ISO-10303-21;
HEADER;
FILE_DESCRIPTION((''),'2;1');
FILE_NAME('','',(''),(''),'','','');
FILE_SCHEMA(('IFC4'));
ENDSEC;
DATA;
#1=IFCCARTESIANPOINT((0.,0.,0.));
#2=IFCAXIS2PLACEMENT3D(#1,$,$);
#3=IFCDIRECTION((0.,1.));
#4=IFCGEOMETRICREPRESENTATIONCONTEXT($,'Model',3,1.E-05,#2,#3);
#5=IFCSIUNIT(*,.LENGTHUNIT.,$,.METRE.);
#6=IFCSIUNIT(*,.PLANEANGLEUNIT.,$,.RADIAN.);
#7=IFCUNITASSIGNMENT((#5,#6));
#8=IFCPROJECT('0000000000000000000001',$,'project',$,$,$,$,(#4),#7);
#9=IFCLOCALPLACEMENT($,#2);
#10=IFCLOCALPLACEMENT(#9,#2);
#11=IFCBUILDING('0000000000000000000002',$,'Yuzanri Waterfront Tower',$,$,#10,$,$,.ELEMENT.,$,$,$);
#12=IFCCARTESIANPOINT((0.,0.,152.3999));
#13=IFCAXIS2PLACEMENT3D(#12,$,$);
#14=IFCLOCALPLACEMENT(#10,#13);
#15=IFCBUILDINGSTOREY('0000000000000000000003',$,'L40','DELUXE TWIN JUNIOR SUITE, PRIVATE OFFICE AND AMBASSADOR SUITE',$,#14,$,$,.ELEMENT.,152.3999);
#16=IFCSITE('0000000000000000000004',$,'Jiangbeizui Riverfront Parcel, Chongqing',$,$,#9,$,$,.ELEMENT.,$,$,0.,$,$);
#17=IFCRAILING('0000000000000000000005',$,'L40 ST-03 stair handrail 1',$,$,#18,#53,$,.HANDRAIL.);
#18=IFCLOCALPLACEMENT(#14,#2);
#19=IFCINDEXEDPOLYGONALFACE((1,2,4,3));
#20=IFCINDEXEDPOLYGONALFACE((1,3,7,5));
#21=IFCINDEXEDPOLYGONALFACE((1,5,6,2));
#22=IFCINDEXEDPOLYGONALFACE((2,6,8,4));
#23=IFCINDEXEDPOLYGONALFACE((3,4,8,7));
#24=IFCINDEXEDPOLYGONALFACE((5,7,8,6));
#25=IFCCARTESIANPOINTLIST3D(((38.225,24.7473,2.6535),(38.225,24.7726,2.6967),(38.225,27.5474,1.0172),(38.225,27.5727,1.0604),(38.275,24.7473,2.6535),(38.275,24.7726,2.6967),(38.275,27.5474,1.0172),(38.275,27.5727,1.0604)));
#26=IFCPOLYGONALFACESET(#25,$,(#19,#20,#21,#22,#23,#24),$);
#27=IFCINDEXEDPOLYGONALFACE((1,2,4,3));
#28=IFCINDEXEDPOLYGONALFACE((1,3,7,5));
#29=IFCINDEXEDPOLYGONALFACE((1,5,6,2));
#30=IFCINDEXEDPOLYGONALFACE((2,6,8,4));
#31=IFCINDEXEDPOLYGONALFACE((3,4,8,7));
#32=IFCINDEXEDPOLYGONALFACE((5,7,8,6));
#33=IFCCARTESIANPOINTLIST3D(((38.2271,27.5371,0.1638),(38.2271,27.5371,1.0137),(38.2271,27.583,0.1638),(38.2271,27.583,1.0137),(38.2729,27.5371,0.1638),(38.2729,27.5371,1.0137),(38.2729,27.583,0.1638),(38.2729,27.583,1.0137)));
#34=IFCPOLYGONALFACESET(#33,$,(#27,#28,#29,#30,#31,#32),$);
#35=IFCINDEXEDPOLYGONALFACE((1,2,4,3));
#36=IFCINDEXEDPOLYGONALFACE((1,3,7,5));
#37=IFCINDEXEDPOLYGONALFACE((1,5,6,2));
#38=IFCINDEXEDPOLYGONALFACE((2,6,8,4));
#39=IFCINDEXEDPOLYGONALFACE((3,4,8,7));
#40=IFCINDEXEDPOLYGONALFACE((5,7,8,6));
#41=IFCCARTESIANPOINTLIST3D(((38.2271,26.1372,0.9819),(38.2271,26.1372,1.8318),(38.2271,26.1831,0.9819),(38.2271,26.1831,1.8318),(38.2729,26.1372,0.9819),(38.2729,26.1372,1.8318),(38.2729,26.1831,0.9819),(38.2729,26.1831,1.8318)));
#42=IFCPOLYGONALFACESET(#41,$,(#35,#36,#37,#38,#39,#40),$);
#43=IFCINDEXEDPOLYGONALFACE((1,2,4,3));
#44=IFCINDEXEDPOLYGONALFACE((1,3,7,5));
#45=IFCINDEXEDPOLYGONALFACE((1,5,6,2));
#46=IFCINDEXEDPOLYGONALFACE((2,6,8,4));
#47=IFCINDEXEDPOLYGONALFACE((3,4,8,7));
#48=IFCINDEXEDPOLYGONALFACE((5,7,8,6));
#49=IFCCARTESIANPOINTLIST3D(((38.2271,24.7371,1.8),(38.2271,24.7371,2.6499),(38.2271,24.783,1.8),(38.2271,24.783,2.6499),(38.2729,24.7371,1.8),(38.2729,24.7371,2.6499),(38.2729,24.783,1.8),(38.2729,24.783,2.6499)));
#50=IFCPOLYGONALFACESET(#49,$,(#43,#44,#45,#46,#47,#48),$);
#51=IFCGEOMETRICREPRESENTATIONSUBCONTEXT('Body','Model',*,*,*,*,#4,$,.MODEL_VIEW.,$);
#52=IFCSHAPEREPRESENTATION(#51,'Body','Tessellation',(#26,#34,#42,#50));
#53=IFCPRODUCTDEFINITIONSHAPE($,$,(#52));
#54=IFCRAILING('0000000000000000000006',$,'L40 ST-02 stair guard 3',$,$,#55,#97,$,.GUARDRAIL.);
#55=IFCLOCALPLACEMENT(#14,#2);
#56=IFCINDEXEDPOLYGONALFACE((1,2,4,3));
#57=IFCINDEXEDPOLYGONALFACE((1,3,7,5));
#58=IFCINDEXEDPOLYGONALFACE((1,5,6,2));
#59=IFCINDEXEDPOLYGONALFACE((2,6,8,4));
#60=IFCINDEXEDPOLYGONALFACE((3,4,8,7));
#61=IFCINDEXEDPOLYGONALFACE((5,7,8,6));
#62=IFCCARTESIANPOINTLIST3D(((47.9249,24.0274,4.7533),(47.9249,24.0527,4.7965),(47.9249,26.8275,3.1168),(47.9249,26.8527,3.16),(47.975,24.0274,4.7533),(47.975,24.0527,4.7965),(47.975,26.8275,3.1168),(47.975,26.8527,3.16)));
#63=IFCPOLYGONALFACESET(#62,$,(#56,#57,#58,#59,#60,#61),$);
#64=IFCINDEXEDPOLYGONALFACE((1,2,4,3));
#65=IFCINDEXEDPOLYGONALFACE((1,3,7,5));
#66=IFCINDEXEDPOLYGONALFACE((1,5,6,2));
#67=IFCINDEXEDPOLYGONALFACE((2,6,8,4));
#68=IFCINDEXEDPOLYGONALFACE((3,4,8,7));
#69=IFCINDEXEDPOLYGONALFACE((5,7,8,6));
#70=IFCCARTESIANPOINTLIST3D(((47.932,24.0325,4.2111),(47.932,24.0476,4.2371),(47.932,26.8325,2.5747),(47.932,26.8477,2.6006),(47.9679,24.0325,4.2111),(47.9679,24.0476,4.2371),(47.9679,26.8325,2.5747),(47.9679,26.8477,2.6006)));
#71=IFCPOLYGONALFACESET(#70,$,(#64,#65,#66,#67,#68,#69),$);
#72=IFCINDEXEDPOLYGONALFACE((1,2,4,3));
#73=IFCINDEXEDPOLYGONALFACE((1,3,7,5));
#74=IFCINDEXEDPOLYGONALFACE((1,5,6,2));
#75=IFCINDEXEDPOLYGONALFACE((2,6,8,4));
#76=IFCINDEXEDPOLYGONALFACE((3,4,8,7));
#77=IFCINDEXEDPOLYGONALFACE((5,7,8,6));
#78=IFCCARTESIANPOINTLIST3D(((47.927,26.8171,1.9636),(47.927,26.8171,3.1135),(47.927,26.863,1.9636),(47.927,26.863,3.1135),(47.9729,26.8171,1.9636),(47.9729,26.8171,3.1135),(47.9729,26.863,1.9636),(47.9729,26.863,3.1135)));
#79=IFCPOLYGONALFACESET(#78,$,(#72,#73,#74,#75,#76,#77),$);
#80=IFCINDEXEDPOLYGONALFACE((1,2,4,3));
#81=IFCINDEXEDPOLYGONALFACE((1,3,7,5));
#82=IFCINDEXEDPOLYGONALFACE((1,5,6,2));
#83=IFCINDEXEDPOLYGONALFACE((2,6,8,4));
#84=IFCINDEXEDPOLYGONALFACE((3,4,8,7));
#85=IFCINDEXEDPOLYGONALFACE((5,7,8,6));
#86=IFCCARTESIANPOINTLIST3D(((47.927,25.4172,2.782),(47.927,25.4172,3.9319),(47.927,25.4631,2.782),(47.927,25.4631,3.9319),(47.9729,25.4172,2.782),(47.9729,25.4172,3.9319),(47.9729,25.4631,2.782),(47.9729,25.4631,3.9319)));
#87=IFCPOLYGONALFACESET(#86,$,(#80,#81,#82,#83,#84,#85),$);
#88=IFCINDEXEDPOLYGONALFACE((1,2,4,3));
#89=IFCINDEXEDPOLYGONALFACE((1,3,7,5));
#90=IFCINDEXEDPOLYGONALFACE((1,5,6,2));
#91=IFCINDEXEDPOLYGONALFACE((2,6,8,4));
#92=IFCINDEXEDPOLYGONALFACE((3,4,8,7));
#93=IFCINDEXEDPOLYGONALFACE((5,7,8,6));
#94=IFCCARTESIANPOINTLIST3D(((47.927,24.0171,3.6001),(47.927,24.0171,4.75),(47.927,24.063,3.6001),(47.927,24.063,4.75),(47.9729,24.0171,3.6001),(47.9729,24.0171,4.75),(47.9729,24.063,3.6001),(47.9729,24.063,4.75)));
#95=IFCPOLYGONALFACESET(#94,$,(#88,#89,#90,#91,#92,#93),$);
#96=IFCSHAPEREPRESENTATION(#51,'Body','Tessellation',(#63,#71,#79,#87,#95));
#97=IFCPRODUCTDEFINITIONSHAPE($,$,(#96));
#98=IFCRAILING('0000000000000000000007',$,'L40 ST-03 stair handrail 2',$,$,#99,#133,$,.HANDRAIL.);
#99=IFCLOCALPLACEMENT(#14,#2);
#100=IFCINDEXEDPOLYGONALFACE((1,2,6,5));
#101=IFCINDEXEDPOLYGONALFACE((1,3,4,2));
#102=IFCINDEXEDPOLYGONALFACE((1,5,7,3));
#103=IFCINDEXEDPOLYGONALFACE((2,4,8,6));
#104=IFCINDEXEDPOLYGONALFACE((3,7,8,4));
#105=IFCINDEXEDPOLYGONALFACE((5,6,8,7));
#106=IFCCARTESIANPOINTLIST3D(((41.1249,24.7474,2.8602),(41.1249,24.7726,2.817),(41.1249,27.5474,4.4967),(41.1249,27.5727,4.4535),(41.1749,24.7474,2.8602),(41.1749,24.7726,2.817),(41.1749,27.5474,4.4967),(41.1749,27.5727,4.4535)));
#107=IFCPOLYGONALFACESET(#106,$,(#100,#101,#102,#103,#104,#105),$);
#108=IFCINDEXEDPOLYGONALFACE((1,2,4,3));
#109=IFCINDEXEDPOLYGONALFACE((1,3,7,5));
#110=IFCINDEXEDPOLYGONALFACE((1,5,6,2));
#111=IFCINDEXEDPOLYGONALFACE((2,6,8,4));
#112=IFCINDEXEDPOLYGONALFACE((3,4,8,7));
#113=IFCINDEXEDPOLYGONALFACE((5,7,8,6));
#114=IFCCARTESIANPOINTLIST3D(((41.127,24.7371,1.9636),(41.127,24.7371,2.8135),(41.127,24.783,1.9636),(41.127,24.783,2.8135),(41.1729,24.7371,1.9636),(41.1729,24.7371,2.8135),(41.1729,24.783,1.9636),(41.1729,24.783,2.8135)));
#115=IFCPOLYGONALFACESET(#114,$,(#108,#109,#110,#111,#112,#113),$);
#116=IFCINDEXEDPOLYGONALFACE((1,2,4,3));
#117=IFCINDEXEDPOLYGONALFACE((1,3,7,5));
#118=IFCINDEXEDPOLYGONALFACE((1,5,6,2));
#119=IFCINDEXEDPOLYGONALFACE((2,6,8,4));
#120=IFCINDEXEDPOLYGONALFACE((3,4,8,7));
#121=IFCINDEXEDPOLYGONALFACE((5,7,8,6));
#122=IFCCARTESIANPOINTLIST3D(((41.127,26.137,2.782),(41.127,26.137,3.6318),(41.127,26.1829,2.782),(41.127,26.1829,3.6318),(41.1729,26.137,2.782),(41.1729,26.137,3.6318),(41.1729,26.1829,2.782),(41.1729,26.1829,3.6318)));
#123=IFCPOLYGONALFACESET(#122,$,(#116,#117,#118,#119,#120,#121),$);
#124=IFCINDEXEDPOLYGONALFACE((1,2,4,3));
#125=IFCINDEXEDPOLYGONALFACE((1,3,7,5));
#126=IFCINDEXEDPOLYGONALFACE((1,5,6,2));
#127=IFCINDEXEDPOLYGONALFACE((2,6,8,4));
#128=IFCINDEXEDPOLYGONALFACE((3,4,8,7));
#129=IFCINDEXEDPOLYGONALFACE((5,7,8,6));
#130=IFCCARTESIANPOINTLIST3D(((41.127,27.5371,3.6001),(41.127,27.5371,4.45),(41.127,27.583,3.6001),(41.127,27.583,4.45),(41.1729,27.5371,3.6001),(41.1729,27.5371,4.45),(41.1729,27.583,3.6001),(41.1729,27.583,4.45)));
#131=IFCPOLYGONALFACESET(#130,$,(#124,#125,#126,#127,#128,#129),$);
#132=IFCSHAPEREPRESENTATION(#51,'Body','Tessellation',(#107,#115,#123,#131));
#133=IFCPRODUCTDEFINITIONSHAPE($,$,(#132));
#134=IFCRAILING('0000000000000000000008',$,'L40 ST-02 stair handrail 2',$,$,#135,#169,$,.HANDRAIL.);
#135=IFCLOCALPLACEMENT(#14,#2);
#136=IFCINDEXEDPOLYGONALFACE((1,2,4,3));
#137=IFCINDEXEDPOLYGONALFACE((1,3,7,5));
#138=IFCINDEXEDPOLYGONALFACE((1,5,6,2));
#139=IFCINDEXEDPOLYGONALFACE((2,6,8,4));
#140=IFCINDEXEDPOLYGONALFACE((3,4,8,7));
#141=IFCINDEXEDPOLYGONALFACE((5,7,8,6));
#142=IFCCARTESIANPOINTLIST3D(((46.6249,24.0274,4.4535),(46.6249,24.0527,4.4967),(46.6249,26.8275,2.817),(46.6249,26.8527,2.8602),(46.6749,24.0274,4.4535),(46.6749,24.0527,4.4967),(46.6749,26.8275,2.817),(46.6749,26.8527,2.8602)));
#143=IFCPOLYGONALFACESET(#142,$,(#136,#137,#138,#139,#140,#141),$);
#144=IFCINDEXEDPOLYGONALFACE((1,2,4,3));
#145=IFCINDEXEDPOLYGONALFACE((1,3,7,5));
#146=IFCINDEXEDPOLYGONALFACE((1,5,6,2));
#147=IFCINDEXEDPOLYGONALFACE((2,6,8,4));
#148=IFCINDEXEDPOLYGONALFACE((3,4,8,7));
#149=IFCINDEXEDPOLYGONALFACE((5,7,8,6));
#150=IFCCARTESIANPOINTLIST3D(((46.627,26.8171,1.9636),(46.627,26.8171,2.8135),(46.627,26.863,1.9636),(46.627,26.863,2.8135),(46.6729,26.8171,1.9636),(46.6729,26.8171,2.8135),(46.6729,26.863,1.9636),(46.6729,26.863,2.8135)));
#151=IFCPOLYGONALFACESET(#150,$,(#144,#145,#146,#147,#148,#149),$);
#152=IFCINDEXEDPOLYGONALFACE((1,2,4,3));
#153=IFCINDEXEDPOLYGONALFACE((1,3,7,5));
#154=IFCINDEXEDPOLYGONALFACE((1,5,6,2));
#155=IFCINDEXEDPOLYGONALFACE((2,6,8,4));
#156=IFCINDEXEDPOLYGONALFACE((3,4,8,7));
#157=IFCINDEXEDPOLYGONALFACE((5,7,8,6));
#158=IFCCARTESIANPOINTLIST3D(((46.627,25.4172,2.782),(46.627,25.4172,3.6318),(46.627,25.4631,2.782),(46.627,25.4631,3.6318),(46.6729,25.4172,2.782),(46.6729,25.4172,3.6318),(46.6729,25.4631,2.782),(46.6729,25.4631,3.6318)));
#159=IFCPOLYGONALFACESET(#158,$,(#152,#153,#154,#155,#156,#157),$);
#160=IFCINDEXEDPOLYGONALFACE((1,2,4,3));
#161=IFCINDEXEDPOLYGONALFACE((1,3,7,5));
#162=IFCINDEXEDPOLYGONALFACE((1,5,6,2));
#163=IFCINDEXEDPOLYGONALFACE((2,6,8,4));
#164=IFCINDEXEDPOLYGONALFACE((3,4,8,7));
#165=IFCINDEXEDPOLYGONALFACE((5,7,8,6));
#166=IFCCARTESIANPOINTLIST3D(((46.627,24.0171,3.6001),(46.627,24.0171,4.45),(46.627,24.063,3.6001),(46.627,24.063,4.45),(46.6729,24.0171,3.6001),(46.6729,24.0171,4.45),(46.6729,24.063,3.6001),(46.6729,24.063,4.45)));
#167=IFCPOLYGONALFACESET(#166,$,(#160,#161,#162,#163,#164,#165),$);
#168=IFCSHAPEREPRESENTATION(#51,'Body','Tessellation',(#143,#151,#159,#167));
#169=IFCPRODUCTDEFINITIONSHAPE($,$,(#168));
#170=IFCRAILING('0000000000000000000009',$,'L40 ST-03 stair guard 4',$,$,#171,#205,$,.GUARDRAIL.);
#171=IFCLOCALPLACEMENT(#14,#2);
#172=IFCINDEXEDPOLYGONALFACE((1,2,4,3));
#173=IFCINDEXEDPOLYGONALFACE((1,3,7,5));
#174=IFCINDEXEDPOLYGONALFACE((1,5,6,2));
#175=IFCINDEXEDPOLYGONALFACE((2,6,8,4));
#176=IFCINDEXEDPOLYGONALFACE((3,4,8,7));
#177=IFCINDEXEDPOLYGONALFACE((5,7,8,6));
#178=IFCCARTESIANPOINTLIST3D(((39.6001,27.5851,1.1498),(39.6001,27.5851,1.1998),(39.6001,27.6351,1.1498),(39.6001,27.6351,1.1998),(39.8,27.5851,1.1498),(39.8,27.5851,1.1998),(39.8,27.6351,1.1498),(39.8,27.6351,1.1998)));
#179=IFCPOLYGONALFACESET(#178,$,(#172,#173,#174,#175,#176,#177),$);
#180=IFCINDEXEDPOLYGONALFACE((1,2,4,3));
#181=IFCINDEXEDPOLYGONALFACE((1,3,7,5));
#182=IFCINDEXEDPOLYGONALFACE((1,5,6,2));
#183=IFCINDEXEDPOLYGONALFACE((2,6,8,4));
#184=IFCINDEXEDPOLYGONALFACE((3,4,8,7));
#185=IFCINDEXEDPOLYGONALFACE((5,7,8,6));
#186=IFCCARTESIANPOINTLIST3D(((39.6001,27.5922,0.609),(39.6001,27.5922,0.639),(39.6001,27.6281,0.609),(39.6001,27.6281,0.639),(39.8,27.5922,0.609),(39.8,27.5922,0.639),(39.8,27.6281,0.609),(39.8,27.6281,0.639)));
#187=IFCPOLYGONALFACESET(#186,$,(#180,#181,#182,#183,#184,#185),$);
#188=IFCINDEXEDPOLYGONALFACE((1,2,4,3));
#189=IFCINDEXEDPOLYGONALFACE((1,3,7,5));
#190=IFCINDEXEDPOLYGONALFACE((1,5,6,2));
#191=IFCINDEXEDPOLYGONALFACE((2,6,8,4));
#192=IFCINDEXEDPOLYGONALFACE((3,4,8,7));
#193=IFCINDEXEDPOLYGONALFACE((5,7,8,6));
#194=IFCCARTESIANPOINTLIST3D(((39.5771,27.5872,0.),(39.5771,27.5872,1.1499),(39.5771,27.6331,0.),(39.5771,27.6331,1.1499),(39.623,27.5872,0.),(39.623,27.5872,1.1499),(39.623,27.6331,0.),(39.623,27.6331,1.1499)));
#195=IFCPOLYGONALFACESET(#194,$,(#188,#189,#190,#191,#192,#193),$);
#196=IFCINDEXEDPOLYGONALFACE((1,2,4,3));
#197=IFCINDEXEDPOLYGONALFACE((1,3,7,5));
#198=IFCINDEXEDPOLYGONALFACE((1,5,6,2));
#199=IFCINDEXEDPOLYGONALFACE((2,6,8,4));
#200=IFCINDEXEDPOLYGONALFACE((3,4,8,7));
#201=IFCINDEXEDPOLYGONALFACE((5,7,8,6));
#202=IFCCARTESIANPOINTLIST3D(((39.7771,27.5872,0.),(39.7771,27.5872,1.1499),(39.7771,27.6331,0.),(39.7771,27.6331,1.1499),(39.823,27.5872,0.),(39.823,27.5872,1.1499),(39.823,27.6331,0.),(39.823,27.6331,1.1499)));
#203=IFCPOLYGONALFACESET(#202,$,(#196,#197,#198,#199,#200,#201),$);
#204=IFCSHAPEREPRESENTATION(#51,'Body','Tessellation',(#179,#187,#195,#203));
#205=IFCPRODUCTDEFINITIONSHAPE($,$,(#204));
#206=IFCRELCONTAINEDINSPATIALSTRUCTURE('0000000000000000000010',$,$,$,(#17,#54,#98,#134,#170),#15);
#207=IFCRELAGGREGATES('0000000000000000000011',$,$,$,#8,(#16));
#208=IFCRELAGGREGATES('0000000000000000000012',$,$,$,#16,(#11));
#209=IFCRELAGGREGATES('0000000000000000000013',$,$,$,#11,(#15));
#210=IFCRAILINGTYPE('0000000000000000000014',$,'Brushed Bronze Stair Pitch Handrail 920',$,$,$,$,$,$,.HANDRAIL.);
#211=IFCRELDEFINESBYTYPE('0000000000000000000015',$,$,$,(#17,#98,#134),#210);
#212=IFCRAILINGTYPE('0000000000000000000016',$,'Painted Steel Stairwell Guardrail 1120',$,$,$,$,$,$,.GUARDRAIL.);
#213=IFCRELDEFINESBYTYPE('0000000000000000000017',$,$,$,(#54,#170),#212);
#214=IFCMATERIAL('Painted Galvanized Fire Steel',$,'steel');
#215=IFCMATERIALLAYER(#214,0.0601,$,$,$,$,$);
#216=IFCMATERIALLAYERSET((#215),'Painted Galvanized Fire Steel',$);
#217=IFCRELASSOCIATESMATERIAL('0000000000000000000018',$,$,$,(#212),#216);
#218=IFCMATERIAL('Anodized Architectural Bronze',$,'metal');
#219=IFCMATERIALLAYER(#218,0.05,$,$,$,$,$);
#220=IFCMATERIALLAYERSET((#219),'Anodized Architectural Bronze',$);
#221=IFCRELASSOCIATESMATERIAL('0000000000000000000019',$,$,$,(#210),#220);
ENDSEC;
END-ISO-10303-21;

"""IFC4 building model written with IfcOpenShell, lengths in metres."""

from ifc_helpers import new_model, si_unit, direction, frame, origin, origin_2d, place, context, subcontext, project, spatial, rectangle, extrude, source, transform, mapped, material, layer, layer_set, type_object, element, save


model = new_model("IFC4")

# Units and contexts
model_context = context("Model", 3, precision=1e-05, world=origin(), true_north=direction((0.0, 1.0)))
body_context = subcontext(model_context, "Body", "Model", "MODEL_VIEW")
ifc_project = project(units=[si_unit("LENGTHUNIT", "METRE"), si_unit("PLANEANGLEUNIT", "RADIAN")], contexts=[model_context])

# Site, building, storey
site_placement = place(None, origin())
site = spatial("IfcSite", under=ifc_project, at=site_placement, Name="Jiangbeizui Riverfront Parcel, Chongqing", CompositionType="ELEMENT", RefElevation=0.0)
building_placement = place(site_placement, origin())
building = spatial("IfcBuilding", under=site, at=building_placement, Name="Yuzanri Waterfront Tower", CompositionType="ELEMENT")
storey_placement = place(building_placement, frame((0.0, 0.0, 152.3999)))
storey = spatial("IfcBuildingStorey", under=building, at=storey_placement, Name="L40", Description="DELUXE TWIN JUNIOR SUITE, PRIVATE OFFICE AND AMBASSADOR SUITE", CompositionType="ELEMENT", Elevation=152.3999)

# Railings
ifc_material_1 = material(Name="Painted Galvanized Fire Steel", Category="steel")
ifc_layer_1 = layer(ifc_material_1, 0.0601)
ifc_layer_set_1 = layer_set([ifc_layer_1], Name="Painted Galvanized Fire Steel")
railing_type_1 = type_object("IfcRailingType", Name="Painted Steel Stairwell Guardrail 1120", PredefinedType="GUARDRAIL", material=ifc_layer_set_1)
ifc_material_2 = material(Name="Anodized Architectural Bronze", Category="metal")
ifc_layer_2 = layer(ifc_material_2, 0.05)
ifc_layer_set_2 = layer_set([ifc_layer_2], Name="Anodized Architectural Bronze")
railing_type_2 = type_object("IfcRailingType", Name="Brushed Bronze Stair Pitch Handrail 920", PredefinedType="HANDRAIL", material=ifc_layer_set_2)
shared_shape_1 = source(origin(), body_context, "Body", "SweptSolid", [
    extrude(rectangle(XDim=0.05, YDim=0.05, at=origin_2d()), frame((0.0, 0.0, 0.875), z_axis=(0.0, -0.863394, 0.504531), x_axis=(1.0, 0.0, 0.0)), (0.0, 0.0, 1.0), 3.2432),
    extrude(rectangle(XDim=0.0459, YDim=0.0459, at=origin_2d()), origin(), (0.0, 0.0, 1.0), 0.8499),
    extrude(rectangle(XDim=0.0459, YDim=0.0459, at=origin_2d()), frame((0.0, -1.3999, 0.8181)), (0.0, 0.0, 1.0), 0.8499),
    extrude(rectangle(XDim=0.0459, YDim=0.0459, at=origin_2d()), frame((0.0, -2.8, 1.6362)), (0.0, 0.0, 1.0), 0.8499),
])
railing_1_placement = place(storey_placement, frame((38.25, 27.5601, 0.1638)))
element("IfcRailing", 1, at=railing_1_placement, inside=storey, type_object=railing_type_2, Name="L40 ST-03 stair handrail 1", PredefinedType="HANDRAIL", context=body_context, shape_type="MappedRepresentation", body=[
    mapped(shared_shape_1, transform((0.0, 0.0, 0.0), scale=1.0)),
])
shared_shape_2 = source(origin(), body_context, "Body", "SweptSolid", [
    extrude(rectangle(XDim=0.05, YDim=0.05, at=origin_2d()), frame((0.0, 0.0, 1.1748), z_axis=(0.0, -0.863361, 0.504587), x_axis=(1.0, 0.0, 0.0)), (0.0, 0.0, 1.0), 3.2432),
    extrude(rectangle(XDim=0.0359, YDim=0.03, at=origin_2d()), frame((0.0, 0.0, 0.624), z_axis=(0.0, -0.863361, 0.504587), x_axis=(1.0, 0.0, 0.0)), (0.0, 0.0, 1.0), 3.2432),
    extrude(rectangle(XDim=0.0459, YDim=0.0459, at=origin_2d()), origin(), (0.0, 0.0, 1.0), 1.1499),
    extrude(rectangle(XDim=0.0459, YDim=0.0459, at=origin_2d()), frame((0.0, -1.3999, 0.8184)), (0.0, 0.0, 1.0), 1.1499),
    extrude(rectangle(XDim=0.0459, YDim=0.0459, at=origin_2d()), frame((0.0, -2.8, 1.6365)), (0.0, 0.0, 1.0), 1.1499),
])
railing_2_placement = place(storey_placement, frame((47.95, 26.8401, 1.9636)))
element("IfcRailing", 2, at=railing_2_placement, inside=storey, type_object=railing_type_1, Name="L40 ST-02 stair guard 3", PredefinedType="GUARDRAIL", context=body_context, shape_type="MappedRepresentation", body=[
    mapped(shared_shape_2, transform((0.0, 0.0, 0.0), scale=1.0)),
])
shared_shape_3 = source(origin(), body_context, "Body", "SweptSolid", [
    extrude(rectangle(XDim=0.05, YDim=0.05, at=origin_2d()), frame((0.0, 0.0, 0.875), z_axis=(0.0, 0.863361, 0.504587), x_axis=(-1.0, 0.0, 0.0)), (0.0, 0.0, 1.0), 3.2432),
    extrude(rectangle(XDim=0.0459, YDim=0.0459, at=origin_2d()), origin(), (0.0, 0.0, 1.0), 0.8499),
    extrude(rectangle(XDim=0.0459, YDim=0.0459, at=origin_2d()), frame((0.0, 1.3999, 0.8184)), (0.0, 0.0, 1.0), 0.8499),
    extrude(rectangle(XDim=0.0459, YDim=0.0459, at=origin_2d()), frame((0.0, 2.8, 1.6365)), (0.0, 0.0, 1.0), 0.8499),
])
railing_3_placement = place(storey_placement, frame((41.1499, 24.76, 1.9636)))
element("IfcRailing", 3, at=railing_3_placement, inside=storey, type_object=railing_type_2, Name="L40 ST-03 stair handrail 2", PredefinedType="HANDRAIL", context=body_context, shape_type="MappedRepresentation", body=[
    mapped(shared_shape_3, transform((0.0, 0.0, 0.0), scale=1.0)),
])
shared_shape_4 = source(origin(), body_context, "Body", "SweptSolid", [
    extrude(rectangle(XDim=0.05, YDim=0.05, at=origin_2d()), frame((0.0, 0.0, 0.875), z_axis=(0.0, -0.863361, 0.504587), x_axis=(1.0, 0.0, 0.0)), (0.0, 0.0, 1.0), 3.2432),
    extrude(rectangle(XDim=0.0459, YDim=0.0459, at=origin_2d()), origin(), (0.0, 0.0, 1.0), 0.8499),
    extrude(rectangle(XDim=0.0459, YDim=0.0459, at=origin_2d()), frame((0.0, -1.3999, 0.8184)), (0.0, 0.0, 1.0), 0.8499),
    extrude(rectangle(XDim=0.0459, YDim=0.0459, at=origin_2d()), frame((0.0, -2.8, 1.6365)), (0.0, 0.0, 1.0), 0.8499),
])
railing_4_placement = place(storey_placement, frame((46.6499, 26.8401, 1.9636)))
element("IfcRailing", 4, at=railing_4_placement, inside=storey, type_object=railing_type_2, Name="L40 ST-02 stair handrail 2", PredefinedType="HANDRAIL", context=body_context, shape_type="MappedRepresentation", body=[
    mapped(shared_shape_4, transform((0.0, 0.0, 0.0), scale=1.0)),
])
shared_shape_5 = source(origin(), body_context, "Body", "SweptSolid", [
    extrude(rectangle(XDim=0.05, YDim=0.05, at=origin_2d()), frame((0.0, 0.0, 1.1748), z_axis=(1.0, 0.0, 0.0), x_axis=(0.0, 1.0, 0.0)), (0.0, 0.0, 1.0), 0.2),
    extrude(rectangle(XDim=0.0359, YDim=0.03, at=origin_2d()), frame((0.0, 0.0, 0.624), z_axis=(1.0, 0.0, 0.0), x_axis=(0.0, 1.0, 0.0)), (0.0, 0.0, 1.0), 0.2),
    extrude(rectangle(XDim=0.0459, YDim=0.0459, at=origin_2d()), origin(), (0.0, 0.0, 1.0), 1.1499),
    extrude(rectangle(XDim=0.0459, YDim=0.0459, at=origin_2d()), frame((0.2, 0.0, 0.0)), (0.0, 0.0, 1.0), 1.1499),
])
railing_5_placement = place(storey_placement, frame((39.6001, 27.6101, 0.0)))
element("IfcRailing", 5, at=railing_5_placement, inside=storey, type_object=railing_type_1, Name="L40 ST-03 stair guard 4", PredefinedType="GUARDRAIL", context=body_context, shape_type="MappedRepresentation", body=[
    mapped(shared_shape_5, transform((0.0, 0.0, 0.0), scale=1.0)),
])

save(model, "model.ifc")
